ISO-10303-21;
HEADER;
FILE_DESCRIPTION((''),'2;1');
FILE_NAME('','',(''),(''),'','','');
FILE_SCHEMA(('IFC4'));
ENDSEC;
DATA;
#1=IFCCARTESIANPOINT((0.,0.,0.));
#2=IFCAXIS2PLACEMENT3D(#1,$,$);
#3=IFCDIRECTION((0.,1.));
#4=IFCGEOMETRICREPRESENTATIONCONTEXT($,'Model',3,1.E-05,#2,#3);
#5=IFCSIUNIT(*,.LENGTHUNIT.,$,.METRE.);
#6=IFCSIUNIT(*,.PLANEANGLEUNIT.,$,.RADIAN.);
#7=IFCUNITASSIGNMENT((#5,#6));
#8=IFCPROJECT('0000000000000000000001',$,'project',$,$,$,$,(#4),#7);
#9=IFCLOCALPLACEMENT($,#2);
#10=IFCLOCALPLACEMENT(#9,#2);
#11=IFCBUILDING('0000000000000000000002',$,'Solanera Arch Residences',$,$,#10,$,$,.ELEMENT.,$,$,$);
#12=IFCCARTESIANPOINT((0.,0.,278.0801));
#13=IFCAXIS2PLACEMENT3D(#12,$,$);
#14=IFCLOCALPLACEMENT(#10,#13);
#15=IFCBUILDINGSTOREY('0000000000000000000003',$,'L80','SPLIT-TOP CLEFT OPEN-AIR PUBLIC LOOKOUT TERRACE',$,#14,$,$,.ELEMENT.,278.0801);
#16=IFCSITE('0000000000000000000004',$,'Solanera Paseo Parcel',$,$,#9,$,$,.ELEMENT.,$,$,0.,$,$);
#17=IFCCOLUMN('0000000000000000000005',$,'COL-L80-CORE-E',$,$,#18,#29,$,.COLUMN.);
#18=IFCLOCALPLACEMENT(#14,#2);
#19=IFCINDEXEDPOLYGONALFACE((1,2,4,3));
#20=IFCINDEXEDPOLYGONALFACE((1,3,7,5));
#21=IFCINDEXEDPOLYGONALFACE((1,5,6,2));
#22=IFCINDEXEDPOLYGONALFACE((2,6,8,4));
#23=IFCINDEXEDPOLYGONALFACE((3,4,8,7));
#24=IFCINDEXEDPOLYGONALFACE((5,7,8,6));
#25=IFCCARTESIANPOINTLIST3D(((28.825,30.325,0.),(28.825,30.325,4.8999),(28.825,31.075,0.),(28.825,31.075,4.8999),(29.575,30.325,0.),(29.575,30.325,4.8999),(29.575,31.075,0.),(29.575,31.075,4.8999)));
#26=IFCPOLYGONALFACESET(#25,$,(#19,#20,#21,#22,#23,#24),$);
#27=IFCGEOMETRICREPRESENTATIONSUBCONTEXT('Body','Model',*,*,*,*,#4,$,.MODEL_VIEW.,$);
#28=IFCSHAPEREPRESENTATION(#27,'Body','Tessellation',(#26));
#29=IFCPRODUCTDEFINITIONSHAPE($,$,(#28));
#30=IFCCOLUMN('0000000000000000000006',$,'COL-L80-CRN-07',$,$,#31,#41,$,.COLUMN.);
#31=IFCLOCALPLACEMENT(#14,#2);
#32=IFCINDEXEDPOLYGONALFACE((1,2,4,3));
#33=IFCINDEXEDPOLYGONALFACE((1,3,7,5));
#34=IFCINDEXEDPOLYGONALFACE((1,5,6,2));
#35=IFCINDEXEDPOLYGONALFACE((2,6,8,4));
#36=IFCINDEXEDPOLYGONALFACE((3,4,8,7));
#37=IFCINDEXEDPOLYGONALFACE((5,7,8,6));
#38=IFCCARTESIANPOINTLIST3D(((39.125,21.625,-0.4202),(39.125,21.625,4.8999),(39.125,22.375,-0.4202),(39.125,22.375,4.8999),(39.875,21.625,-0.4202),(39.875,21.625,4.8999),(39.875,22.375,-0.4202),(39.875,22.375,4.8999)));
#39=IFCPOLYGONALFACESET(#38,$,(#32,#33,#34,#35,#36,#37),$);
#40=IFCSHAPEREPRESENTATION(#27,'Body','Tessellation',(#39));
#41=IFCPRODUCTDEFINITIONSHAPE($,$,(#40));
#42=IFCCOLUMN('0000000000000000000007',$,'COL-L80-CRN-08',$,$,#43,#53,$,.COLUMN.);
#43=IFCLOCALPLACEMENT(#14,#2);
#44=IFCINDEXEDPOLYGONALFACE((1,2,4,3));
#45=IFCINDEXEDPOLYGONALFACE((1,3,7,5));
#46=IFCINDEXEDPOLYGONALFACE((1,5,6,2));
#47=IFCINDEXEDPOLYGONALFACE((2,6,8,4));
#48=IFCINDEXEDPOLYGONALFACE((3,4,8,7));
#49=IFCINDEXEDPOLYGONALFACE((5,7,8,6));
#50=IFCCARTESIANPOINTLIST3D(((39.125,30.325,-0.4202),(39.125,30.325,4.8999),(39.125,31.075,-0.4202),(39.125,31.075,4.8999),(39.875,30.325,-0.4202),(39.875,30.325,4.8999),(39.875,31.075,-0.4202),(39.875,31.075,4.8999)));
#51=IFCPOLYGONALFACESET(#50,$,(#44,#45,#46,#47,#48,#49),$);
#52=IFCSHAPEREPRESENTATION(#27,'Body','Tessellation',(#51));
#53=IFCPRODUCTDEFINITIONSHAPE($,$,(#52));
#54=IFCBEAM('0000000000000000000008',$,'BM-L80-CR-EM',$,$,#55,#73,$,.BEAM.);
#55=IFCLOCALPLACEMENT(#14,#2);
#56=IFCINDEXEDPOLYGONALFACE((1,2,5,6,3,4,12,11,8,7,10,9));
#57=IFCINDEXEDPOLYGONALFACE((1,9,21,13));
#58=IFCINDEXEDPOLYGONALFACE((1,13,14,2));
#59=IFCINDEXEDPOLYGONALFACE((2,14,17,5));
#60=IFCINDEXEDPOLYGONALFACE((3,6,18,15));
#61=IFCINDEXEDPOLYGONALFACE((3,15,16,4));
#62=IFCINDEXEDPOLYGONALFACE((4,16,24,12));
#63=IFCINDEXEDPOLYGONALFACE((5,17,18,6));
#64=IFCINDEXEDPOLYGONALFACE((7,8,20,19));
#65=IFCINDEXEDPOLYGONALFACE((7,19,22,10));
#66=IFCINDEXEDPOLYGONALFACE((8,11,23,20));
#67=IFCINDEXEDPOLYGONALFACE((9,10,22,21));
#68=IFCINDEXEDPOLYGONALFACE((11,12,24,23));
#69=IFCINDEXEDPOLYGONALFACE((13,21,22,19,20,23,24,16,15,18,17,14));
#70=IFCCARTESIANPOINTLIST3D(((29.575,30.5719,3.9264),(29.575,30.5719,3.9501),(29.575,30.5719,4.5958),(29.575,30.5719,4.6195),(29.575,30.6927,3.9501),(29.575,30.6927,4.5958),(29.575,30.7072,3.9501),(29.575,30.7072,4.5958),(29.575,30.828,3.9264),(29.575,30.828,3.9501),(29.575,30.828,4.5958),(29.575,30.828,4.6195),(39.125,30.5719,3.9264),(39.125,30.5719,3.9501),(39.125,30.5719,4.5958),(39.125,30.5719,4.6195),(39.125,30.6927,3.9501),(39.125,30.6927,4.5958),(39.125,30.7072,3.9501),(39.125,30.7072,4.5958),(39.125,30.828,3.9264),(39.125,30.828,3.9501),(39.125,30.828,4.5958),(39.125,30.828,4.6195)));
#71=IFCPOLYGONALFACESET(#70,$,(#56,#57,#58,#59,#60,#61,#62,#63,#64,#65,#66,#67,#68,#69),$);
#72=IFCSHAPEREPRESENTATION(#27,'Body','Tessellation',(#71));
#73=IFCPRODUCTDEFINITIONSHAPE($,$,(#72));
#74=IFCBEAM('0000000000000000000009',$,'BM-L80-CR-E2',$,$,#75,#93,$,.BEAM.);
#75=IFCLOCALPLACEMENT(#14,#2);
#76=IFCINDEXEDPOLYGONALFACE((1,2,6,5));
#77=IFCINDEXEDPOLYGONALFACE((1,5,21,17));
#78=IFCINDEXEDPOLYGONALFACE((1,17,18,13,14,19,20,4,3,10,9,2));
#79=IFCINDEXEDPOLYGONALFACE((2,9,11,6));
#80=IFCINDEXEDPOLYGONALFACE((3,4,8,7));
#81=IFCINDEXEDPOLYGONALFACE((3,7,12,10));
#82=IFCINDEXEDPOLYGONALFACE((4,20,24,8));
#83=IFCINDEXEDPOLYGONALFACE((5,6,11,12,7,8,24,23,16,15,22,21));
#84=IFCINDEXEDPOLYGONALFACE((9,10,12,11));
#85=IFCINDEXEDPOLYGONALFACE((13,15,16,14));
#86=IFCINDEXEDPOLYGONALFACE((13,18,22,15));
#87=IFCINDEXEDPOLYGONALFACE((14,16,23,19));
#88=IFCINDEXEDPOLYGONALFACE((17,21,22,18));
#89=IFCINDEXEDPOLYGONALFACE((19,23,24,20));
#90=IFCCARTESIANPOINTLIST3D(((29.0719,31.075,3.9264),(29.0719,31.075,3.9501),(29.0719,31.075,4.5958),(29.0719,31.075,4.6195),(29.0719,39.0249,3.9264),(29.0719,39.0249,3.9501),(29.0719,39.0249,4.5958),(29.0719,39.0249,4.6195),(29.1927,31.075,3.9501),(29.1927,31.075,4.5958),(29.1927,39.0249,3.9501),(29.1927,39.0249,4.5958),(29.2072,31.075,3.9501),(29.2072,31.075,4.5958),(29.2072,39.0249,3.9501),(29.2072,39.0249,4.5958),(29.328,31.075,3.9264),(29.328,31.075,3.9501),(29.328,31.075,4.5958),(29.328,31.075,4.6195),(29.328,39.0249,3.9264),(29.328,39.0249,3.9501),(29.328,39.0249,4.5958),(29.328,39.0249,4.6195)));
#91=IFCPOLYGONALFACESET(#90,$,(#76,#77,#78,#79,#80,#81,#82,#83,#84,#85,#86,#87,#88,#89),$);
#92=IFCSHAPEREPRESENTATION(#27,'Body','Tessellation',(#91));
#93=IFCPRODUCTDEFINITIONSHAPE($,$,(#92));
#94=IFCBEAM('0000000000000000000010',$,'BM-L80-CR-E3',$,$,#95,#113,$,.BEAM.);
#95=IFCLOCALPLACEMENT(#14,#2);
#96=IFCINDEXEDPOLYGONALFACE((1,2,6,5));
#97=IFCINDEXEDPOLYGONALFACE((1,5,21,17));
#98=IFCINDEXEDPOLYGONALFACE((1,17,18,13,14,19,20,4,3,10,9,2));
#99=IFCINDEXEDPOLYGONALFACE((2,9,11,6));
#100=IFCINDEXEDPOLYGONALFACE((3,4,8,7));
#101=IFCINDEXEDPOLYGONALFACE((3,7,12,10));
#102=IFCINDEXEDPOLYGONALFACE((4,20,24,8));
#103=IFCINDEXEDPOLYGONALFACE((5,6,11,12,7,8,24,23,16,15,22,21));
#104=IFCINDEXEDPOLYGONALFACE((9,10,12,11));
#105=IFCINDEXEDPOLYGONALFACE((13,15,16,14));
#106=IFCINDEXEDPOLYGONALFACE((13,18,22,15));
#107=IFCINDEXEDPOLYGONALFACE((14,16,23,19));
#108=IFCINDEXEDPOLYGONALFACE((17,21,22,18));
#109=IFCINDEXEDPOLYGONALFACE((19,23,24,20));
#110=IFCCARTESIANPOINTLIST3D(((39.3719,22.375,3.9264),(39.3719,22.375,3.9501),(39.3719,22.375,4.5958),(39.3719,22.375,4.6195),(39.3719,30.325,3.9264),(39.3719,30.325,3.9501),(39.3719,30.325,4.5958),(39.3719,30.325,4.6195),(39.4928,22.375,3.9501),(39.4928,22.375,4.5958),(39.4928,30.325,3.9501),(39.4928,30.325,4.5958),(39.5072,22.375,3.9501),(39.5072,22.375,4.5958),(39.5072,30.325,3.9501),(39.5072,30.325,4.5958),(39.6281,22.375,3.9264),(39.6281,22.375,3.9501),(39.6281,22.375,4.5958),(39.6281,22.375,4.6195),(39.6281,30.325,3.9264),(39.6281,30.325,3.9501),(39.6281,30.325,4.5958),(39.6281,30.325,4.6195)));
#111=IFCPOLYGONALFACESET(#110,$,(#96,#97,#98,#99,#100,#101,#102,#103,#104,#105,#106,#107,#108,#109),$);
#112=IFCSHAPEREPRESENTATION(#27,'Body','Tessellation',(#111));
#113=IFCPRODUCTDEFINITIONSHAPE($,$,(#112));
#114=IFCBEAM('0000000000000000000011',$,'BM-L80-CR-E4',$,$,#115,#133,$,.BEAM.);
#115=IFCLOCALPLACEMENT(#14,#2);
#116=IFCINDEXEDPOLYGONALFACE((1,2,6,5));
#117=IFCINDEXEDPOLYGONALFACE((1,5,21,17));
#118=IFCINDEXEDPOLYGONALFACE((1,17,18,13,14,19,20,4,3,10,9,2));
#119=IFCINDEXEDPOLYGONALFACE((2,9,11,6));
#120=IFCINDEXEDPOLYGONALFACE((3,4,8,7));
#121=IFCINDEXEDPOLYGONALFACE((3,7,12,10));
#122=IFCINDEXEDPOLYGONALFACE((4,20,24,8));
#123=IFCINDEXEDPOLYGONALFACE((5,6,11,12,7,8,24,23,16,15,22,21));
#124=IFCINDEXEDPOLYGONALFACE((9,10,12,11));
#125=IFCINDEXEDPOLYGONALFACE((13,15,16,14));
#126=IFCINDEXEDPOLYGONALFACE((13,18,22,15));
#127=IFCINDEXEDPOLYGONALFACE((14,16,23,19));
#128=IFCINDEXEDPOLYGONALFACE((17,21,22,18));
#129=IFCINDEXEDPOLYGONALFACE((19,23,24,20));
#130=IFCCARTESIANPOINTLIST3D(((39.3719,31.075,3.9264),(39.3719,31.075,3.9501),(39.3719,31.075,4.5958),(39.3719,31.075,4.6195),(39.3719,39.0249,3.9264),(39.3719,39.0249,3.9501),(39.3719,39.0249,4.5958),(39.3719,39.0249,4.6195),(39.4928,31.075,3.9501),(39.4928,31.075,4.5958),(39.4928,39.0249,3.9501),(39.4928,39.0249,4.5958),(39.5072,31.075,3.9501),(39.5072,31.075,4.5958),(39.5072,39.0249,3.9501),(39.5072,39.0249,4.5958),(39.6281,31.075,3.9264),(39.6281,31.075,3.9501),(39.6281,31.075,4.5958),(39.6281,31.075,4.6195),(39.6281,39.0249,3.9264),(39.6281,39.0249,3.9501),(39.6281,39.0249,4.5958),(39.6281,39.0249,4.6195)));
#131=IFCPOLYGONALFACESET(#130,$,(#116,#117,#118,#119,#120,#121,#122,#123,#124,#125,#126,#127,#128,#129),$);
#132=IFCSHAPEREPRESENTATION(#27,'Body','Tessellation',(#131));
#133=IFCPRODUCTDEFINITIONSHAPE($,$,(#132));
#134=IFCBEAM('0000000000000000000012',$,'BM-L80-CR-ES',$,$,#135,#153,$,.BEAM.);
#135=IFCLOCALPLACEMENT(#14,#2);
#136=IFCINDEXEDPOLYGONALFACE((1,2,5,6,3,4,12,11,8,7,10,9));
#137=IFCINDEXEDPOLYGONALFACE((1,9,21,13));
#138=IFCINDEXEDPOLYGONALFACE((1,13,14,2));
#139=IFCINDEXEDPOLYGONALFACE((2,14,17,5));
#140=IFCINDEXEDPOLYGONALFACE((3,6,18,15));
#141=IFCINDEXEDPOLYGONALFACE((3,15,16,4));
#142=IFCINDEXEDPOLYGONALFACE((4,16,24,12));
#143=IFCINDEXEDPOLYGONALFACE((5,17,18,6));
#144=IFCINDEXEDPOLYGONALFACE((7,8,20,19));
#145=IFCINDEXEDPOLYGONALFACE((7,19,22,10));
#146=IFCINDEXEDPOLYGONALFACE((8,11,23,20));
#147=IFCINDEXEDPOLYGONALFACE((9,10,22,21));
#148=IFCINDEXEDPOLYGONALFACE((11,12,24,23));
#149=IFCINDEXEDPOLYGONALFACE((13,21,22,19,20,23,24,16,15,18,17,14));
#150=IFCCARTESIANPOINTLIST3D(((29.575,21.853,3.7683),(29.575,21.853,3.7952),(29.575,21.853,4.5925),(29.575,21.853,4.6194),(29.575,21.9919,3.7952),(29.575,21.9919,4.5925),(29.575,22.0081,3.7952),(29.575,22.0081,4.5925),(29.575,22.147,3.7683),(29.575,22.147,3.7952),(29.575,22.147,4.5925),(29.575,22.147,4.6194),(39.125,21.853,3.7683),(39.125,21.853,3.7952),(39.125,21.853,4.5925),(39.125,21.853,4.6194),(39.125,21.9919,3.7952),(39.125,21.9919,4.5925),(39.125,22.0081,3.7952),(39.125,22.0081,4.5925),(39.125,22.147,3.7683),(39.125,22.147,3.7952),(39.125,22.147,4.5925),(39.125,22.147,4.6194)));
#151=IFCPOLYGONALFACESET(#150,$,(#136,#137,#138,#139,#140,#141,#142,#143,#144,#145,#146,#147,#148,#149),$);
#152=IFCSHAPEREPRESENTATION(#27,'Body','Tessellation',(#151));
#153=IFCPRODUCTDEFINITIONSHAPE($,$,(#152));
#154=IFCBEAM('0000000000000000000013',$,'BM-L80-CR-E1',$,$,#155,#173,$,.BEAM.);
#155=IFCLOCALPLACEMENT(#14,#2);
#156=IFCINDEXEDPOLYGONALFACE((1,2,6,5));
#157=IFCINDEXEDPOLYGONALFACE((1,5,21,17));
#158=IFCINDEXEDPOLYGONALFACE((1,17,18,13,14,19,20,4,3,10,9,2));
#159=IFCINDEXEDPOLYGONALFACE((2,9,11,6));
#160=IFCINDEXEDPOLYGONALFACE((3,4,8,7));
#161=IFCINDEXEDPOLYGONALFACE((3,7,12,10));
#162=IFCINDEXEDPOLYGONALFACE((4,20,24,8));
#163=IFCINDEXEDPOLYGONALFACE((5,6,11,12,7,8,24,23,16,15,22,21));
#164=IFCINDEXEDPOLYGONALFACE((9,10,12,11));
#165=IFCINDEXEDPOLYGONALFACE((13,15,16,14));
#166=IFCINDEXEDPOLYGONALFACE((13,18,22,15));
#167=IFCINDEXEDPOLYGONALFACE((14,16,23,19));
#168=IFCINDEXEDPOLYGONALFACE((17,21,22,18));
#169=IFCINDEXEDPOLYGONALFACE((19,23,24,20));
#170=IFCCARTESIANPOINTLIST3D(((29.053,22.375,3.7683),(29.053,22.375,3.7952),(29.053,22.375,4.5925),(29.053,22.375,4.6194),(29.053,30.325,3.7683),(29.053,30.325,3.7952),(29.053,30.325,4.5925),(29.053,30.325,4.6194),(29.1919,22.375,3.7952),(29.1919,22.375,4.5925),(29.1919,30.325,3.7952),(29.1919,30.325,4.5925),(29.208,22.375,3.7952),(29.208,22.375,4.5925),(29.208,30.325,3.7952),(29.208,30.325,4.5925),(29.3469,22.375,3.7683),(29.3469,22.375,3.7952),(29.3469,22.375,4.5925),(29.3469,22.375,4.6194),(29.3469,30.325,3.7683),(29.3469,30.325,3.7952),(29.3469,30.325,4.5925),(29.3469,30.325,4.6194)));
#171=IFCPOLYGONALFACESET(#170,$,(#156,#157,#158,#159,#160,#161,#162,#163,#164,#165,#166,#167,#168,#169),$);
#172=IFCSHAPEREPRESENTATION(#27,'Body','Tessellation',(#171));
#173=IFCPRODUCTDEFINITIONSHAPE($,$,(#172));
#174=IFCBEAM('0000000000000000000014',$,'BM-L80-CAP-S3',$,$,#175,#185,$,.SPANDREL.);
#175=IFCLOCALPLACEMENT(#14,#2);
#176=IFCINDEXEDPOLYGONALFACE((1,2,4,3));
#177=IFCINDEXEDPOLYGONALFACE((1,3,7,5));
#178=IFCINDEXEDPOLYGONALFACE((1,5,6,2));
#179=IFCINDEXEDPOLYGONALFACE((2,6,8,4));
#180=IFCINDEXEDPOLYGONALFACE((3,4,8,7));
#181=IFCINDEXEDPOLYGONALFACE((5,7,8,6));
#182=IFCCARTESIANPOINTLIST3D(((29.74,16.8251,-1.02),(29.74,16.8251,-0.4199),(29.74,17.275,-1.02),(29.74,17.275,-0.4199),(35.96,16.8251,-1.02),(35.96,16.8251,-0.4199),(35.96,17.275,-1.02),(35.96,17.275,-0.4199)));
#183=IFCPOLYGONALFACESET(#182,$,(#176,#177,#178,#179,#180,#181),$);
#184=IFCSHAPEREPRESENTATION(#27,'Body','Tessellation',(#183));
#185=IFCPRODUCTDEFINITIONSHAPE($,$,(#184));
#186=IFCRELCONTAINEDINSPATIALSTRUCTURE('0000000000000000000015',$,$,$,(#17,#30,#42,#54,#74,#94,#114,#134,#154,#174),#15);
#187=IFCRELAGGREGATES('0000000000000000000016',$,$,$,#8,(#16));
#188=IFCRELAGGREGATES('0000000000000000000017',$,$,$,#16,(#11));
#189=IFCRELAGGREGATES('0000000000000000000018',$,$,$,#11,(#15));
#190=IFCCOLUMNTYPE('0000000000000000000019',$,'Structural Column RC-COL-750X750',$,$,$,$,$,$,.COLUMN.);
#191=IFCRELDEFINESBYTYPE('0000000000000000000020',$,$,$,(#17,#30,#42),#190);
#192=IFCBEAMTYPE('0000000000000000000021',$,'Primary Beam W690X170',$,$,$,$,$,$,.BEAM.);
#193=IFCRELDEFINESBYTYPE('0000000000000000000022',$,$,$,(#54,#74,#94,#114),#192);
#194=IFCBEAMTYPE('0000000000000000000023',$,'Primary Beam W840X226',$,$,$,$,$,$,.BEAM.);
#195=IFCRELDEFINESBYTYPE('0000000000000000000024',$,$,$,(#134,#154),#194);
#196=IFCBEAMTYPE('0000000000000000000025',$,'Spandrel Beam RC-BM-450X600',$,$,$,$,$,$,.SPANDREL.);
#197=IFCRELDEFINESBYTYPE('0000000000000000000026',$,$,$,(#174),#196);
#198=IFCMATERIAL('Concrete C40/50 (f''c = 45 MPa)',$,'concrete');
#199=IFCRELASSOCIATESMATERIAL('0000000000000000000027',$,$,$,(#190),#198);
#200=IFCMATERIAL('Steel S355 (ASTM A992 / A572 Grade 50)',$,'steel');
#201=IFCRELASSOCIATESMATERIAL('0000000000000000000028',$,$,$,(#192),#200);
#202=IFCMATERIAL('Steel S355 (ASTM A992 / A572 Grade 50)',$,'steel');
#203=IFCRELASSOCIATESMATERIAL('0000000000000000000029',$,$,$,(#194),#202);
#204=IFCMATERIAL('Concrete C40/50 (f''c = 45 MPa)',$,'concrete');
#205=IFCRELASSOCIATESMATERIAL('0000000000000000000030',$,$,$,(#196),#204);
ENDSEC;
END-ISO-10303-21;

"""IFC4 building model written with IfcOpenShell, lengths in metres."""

from ifc_helpers import new_model, si_unit, direction, frame, origin, origin_2d, place, context, subcontext, project, spatial, rectangle, i_section, extrude, material, material_profile, profile_set, type_object, element, save


model = new_model("IFC4")

# Units and contexts
model_context = context("Model", 3, precision=1e-05, world=origin(), true_north=direction((0.0, 1.0)))
body_context = subcontext(model_context, "Body", "Model", "MODEL_VIEW")
ifc_project = project(units=[si_unit("LENGTHUNIT", "METRE"), si_unit("PLANEANGLEUNIT", "RADIAN")], contexts=[model_context])

# Site, building, storey
site_placement = place(None, origin())
site = spatial("IfcSite", under=ifc_project, at=site_placement, Name="Solanera Paseo Parcel", CompositionType="ELEMENT", RefElevation=0.0)
building_placement = place(site_placement, origin())
building = spatial("IfcBuilding", under=site, at=building_placement, Name="Solanera Arch Residences", CompositionType="ELEMENT")
storey_placement = place(building_placement, frame((0.0, 0.0, 278.0801)))
storey = spatial("IfcBuildingStorey", under=building, at=storey_placement, Name="L80", Description="SPLIT-TOP CLEFT OPEN-AIR PUBLIC LOOKOUT TERRACE", CompositionType="ELEMENT", Elevation=278.0801)

# Columns
ifc_material_1 = material(Name="Concrete C40/50 (f'c = 45 MPa)", Category="concrete")
ifc_material_profile_1 = material_profile(ifc_material_1, rectangle(XDim=0.75, YDim=0.75, at=origin_2d()))
ifc_profile_set_1 = profile_set([ifc_material_profile_1], Name="Concrete C40/50 (f'c = 45 MPa)")
column_type = type_object("IfcColumnType", Name="Structural Column RC-COL-750X750", PredefinedType="COLUMN", material=ifc_profile_set_1)
column_placement = place(storey_placement, frame((29.2, 30.7, 0.0), z_axis=(0.0, 0.0, 1.0), x_axis=(1.0, 0.0, 0.0)))
element("IfcColumn", 1, at=column_placement, inside=storey, type_object=column_type, Name="COL-L80-CORE-E", PredefinedType="COLUMN", context=body_context, shape_type="SweptSolid", body=[
    extrude(rectangle(XDim=0.75, YDim=0.75, at=origin_2d()), origin(), (0.0, 0.0, 1.0), 4.8999),
])
for number, where, z_axis, x_axis, name in (
    (2, (39.5, 22.0, -0.4202), (0.0, 0.0, 1.0), (1.0, 0.0, 0.0), "COL-L80-CRN-07"),
    (3, (39.5, 30.7, -0.4202), (0.0, 0.0, 1.0), (1.0, 0.0, 0.0), "COL-L80-CRN-08"),
):
    element("IfcColumn", number, at=place(storey_placement, frame(where, z_axis=z_axis, x_axis=x_axis)), inside=storey, type_object=column_type, Name=name, PredefinedType="COLUMN", context=body_context, shape_type="SweptSolid", body=[
        extrude(rectangle(XDim=0.75, YDim=0.75, at=origin_2d()), origin(), (0.0, 0.0, 1.0), 5.3201),
    ])

# Beams
ifc_material_2 = material(Name="Steel S355 (ASTM A992 / A572 Grade 50)", Category="steel")
ifc_material_profile_2 = material_profile(ifc_material_2, i_section(OverallWidth=0.2561, OverallDepth=0.6931, WebThickness=0.0144, FlangeThickness=0.0237, at=origin_2d()))
ifc_profile_set_2 = profile_set([ifc_material_profile_2], Name="Steel S355 (ASTM A992 / A572 Grade 50)")
beam_type_1 = type_object("IfcBeamType", Name="Primary Beam W690X170", PredefinedType="BEAM", material=ifc_profile_set_2)
beam_1_placement = place(storey_placement, frame((29.575, 30.7, 4.2729), z_axis=(1.0, 0.0, 0.0), x_axis=(0.0, 1.0, 0.0)))
element("IfcBeam", 4, at=beam_1_placement, inside=storey, type_object=beam_type_1, Name="BM-L80-CR-EM", PredefinedType="BEAM", context=body_context, shape_type="SweptSolid", body=[
    extrude(i_section(OverallWidth=0.2561, OverallDepth=0.6931, WebThickness=0.0144, FlangeThickness=0.0237, at=origin_2d()), origin(), (0.0, 0.0, 1.0), 9.55),
])
for number, where, z_axis, x_axis, name in (
    (5, (29.2, 31.075, 4.2729), (0.0, 1.0, 0.0), (-1.0, 0.0, 0.0), "BM-L80-CR-E2"),
    (6, (39.5, 22.375, 4.2729), (0.0, 1.0, 0.0), (-1.0, 0.0, 0.0), "BM-L80-CR-E3"),
    (7, (39.5, 31.075, 4.2729), (0.0, 1.0, 0.0), (-1.0, 0.0, 0.0), "BM-L80-CR-E4"),
):
    element("IfcBeam", number, at=place(storey_placement, frame(where, z_axis=z_axis, x_axis=x_axis)), inside=storey, type_object=beam_type_1, Name=name, PredefinedType="BEAM", context=body_context, shape_type="SweptSolid", body=[
        extrude(i_section(OverallWidth=0.2561, OverallDepth=0.6931, WebThickness=0.0144, FlangeThickness=0.0237, at=origin_2d()), origin(), (0.0, 0.0, 1.0), 7.95),
    ])
ifc_material_3 = material(Name="Steel S355 (ASTM A992 / A572 Grade 50)", Category="steel")
ifc_material_profile_3 = material_profile(ifc_material_3, i_section(OverallWidth=0.2939, OverallDepth=0.8511, WebThickness=0.0161, FlangeThickness=0.0269, at=origin_2d()))
ifc_profile_set_3 = profile_set([ifc_material_profile_3], Name="Steel S355 (ASTM A992 / A572 Grade 50)")
beam_type_2 = type_object("IfcBeamType", Name="Primary Beam W840X226", PredefinedType="BEAM", material=ifc_profile_set_3)
beam_2_placement = place(storey_placement, frame((29.575, 22.0, 4.1938), z_axis=(1.0, 0.0, 0.0), x_axis=(0.0, 1.0, 0.0)))
element("IfcBeam", 8, at=beam_2_placement, inside=storey, type_object=beam_type_2, Name="BM-L80-CR-ES", PredefinedType="BEAM", context=body_context, shape_type="SweptSolid", body=[
    extrude(i_section(OverallWidth=0.2939, OverallDepth=0.8511, WebThickness=0.0161, FlangeThickness=0.0269, at=origin_2d()), origin(), (0.0, 0.0, 1.0), 9.55),
])
beam_3_placement = place(storey_placement, frame((29.2, 22.375, 4.1938), z_axis=(0.0, 1.0, 0.0), x_axis=(-1.0, 0.0, 0.0)))
element("IfcBeam", 9, at=beam_3_placement, inside=storey, type_object=beam_type_2, Name="BM-L80-CR-E1", PredefinedType="BEAM", context=body_context, shape_type="SweptSolid", body=[
    extrude(i_section(OverallWidth=0.2939, OverallDepth=0.8511, WebThickness=0.0161, FlangeThickness=0.0269, at=origin_2d()), origin(), (0.0, 0.0, 1.0), 7.95),
])
ifc_material_4 = material(Name="Concrete C40/50 (f'c = 45 MPa)", Category="concrete")
ifc_material_profile_4 = material_profile(ifc_material_4, rectangle(XDim=0.45, YDim=0.6001, at=origin_2d()))
ifc_profile_set_4 = profile_set([ifc_material_profile_4], Name="Concrete C40/50 (f'c = 45 MPa)")
beam_type_3 = type_object("IfcBeamType", Name="Spandrel Beam RC-BM-450X600", PredefinedType="SPANDREL", material=ifc_profile_set_4)
beam_4_placement = place(storey_placement, frame((29.74, 17.05, -0.72), z_axis=(1.0, 0.0, 0.0), x_axis=(0.0, 1.0, 0.0)))
element("IfcBeam", 10, at=beam_4_placement, inside=storey, type_object=beam_type_3, Name="BM-L80-CAP-S3", PredefinedType="SPANDREL", context=body_context, shape_type="SweptSolid", body=[
    extrude(rectangle(XDim=0.45, YDim=0.6001, at=origin_2d()), origin(), (0.0, 0.0, 1.0), 6.22),
])

save(model, "model.ifc")
